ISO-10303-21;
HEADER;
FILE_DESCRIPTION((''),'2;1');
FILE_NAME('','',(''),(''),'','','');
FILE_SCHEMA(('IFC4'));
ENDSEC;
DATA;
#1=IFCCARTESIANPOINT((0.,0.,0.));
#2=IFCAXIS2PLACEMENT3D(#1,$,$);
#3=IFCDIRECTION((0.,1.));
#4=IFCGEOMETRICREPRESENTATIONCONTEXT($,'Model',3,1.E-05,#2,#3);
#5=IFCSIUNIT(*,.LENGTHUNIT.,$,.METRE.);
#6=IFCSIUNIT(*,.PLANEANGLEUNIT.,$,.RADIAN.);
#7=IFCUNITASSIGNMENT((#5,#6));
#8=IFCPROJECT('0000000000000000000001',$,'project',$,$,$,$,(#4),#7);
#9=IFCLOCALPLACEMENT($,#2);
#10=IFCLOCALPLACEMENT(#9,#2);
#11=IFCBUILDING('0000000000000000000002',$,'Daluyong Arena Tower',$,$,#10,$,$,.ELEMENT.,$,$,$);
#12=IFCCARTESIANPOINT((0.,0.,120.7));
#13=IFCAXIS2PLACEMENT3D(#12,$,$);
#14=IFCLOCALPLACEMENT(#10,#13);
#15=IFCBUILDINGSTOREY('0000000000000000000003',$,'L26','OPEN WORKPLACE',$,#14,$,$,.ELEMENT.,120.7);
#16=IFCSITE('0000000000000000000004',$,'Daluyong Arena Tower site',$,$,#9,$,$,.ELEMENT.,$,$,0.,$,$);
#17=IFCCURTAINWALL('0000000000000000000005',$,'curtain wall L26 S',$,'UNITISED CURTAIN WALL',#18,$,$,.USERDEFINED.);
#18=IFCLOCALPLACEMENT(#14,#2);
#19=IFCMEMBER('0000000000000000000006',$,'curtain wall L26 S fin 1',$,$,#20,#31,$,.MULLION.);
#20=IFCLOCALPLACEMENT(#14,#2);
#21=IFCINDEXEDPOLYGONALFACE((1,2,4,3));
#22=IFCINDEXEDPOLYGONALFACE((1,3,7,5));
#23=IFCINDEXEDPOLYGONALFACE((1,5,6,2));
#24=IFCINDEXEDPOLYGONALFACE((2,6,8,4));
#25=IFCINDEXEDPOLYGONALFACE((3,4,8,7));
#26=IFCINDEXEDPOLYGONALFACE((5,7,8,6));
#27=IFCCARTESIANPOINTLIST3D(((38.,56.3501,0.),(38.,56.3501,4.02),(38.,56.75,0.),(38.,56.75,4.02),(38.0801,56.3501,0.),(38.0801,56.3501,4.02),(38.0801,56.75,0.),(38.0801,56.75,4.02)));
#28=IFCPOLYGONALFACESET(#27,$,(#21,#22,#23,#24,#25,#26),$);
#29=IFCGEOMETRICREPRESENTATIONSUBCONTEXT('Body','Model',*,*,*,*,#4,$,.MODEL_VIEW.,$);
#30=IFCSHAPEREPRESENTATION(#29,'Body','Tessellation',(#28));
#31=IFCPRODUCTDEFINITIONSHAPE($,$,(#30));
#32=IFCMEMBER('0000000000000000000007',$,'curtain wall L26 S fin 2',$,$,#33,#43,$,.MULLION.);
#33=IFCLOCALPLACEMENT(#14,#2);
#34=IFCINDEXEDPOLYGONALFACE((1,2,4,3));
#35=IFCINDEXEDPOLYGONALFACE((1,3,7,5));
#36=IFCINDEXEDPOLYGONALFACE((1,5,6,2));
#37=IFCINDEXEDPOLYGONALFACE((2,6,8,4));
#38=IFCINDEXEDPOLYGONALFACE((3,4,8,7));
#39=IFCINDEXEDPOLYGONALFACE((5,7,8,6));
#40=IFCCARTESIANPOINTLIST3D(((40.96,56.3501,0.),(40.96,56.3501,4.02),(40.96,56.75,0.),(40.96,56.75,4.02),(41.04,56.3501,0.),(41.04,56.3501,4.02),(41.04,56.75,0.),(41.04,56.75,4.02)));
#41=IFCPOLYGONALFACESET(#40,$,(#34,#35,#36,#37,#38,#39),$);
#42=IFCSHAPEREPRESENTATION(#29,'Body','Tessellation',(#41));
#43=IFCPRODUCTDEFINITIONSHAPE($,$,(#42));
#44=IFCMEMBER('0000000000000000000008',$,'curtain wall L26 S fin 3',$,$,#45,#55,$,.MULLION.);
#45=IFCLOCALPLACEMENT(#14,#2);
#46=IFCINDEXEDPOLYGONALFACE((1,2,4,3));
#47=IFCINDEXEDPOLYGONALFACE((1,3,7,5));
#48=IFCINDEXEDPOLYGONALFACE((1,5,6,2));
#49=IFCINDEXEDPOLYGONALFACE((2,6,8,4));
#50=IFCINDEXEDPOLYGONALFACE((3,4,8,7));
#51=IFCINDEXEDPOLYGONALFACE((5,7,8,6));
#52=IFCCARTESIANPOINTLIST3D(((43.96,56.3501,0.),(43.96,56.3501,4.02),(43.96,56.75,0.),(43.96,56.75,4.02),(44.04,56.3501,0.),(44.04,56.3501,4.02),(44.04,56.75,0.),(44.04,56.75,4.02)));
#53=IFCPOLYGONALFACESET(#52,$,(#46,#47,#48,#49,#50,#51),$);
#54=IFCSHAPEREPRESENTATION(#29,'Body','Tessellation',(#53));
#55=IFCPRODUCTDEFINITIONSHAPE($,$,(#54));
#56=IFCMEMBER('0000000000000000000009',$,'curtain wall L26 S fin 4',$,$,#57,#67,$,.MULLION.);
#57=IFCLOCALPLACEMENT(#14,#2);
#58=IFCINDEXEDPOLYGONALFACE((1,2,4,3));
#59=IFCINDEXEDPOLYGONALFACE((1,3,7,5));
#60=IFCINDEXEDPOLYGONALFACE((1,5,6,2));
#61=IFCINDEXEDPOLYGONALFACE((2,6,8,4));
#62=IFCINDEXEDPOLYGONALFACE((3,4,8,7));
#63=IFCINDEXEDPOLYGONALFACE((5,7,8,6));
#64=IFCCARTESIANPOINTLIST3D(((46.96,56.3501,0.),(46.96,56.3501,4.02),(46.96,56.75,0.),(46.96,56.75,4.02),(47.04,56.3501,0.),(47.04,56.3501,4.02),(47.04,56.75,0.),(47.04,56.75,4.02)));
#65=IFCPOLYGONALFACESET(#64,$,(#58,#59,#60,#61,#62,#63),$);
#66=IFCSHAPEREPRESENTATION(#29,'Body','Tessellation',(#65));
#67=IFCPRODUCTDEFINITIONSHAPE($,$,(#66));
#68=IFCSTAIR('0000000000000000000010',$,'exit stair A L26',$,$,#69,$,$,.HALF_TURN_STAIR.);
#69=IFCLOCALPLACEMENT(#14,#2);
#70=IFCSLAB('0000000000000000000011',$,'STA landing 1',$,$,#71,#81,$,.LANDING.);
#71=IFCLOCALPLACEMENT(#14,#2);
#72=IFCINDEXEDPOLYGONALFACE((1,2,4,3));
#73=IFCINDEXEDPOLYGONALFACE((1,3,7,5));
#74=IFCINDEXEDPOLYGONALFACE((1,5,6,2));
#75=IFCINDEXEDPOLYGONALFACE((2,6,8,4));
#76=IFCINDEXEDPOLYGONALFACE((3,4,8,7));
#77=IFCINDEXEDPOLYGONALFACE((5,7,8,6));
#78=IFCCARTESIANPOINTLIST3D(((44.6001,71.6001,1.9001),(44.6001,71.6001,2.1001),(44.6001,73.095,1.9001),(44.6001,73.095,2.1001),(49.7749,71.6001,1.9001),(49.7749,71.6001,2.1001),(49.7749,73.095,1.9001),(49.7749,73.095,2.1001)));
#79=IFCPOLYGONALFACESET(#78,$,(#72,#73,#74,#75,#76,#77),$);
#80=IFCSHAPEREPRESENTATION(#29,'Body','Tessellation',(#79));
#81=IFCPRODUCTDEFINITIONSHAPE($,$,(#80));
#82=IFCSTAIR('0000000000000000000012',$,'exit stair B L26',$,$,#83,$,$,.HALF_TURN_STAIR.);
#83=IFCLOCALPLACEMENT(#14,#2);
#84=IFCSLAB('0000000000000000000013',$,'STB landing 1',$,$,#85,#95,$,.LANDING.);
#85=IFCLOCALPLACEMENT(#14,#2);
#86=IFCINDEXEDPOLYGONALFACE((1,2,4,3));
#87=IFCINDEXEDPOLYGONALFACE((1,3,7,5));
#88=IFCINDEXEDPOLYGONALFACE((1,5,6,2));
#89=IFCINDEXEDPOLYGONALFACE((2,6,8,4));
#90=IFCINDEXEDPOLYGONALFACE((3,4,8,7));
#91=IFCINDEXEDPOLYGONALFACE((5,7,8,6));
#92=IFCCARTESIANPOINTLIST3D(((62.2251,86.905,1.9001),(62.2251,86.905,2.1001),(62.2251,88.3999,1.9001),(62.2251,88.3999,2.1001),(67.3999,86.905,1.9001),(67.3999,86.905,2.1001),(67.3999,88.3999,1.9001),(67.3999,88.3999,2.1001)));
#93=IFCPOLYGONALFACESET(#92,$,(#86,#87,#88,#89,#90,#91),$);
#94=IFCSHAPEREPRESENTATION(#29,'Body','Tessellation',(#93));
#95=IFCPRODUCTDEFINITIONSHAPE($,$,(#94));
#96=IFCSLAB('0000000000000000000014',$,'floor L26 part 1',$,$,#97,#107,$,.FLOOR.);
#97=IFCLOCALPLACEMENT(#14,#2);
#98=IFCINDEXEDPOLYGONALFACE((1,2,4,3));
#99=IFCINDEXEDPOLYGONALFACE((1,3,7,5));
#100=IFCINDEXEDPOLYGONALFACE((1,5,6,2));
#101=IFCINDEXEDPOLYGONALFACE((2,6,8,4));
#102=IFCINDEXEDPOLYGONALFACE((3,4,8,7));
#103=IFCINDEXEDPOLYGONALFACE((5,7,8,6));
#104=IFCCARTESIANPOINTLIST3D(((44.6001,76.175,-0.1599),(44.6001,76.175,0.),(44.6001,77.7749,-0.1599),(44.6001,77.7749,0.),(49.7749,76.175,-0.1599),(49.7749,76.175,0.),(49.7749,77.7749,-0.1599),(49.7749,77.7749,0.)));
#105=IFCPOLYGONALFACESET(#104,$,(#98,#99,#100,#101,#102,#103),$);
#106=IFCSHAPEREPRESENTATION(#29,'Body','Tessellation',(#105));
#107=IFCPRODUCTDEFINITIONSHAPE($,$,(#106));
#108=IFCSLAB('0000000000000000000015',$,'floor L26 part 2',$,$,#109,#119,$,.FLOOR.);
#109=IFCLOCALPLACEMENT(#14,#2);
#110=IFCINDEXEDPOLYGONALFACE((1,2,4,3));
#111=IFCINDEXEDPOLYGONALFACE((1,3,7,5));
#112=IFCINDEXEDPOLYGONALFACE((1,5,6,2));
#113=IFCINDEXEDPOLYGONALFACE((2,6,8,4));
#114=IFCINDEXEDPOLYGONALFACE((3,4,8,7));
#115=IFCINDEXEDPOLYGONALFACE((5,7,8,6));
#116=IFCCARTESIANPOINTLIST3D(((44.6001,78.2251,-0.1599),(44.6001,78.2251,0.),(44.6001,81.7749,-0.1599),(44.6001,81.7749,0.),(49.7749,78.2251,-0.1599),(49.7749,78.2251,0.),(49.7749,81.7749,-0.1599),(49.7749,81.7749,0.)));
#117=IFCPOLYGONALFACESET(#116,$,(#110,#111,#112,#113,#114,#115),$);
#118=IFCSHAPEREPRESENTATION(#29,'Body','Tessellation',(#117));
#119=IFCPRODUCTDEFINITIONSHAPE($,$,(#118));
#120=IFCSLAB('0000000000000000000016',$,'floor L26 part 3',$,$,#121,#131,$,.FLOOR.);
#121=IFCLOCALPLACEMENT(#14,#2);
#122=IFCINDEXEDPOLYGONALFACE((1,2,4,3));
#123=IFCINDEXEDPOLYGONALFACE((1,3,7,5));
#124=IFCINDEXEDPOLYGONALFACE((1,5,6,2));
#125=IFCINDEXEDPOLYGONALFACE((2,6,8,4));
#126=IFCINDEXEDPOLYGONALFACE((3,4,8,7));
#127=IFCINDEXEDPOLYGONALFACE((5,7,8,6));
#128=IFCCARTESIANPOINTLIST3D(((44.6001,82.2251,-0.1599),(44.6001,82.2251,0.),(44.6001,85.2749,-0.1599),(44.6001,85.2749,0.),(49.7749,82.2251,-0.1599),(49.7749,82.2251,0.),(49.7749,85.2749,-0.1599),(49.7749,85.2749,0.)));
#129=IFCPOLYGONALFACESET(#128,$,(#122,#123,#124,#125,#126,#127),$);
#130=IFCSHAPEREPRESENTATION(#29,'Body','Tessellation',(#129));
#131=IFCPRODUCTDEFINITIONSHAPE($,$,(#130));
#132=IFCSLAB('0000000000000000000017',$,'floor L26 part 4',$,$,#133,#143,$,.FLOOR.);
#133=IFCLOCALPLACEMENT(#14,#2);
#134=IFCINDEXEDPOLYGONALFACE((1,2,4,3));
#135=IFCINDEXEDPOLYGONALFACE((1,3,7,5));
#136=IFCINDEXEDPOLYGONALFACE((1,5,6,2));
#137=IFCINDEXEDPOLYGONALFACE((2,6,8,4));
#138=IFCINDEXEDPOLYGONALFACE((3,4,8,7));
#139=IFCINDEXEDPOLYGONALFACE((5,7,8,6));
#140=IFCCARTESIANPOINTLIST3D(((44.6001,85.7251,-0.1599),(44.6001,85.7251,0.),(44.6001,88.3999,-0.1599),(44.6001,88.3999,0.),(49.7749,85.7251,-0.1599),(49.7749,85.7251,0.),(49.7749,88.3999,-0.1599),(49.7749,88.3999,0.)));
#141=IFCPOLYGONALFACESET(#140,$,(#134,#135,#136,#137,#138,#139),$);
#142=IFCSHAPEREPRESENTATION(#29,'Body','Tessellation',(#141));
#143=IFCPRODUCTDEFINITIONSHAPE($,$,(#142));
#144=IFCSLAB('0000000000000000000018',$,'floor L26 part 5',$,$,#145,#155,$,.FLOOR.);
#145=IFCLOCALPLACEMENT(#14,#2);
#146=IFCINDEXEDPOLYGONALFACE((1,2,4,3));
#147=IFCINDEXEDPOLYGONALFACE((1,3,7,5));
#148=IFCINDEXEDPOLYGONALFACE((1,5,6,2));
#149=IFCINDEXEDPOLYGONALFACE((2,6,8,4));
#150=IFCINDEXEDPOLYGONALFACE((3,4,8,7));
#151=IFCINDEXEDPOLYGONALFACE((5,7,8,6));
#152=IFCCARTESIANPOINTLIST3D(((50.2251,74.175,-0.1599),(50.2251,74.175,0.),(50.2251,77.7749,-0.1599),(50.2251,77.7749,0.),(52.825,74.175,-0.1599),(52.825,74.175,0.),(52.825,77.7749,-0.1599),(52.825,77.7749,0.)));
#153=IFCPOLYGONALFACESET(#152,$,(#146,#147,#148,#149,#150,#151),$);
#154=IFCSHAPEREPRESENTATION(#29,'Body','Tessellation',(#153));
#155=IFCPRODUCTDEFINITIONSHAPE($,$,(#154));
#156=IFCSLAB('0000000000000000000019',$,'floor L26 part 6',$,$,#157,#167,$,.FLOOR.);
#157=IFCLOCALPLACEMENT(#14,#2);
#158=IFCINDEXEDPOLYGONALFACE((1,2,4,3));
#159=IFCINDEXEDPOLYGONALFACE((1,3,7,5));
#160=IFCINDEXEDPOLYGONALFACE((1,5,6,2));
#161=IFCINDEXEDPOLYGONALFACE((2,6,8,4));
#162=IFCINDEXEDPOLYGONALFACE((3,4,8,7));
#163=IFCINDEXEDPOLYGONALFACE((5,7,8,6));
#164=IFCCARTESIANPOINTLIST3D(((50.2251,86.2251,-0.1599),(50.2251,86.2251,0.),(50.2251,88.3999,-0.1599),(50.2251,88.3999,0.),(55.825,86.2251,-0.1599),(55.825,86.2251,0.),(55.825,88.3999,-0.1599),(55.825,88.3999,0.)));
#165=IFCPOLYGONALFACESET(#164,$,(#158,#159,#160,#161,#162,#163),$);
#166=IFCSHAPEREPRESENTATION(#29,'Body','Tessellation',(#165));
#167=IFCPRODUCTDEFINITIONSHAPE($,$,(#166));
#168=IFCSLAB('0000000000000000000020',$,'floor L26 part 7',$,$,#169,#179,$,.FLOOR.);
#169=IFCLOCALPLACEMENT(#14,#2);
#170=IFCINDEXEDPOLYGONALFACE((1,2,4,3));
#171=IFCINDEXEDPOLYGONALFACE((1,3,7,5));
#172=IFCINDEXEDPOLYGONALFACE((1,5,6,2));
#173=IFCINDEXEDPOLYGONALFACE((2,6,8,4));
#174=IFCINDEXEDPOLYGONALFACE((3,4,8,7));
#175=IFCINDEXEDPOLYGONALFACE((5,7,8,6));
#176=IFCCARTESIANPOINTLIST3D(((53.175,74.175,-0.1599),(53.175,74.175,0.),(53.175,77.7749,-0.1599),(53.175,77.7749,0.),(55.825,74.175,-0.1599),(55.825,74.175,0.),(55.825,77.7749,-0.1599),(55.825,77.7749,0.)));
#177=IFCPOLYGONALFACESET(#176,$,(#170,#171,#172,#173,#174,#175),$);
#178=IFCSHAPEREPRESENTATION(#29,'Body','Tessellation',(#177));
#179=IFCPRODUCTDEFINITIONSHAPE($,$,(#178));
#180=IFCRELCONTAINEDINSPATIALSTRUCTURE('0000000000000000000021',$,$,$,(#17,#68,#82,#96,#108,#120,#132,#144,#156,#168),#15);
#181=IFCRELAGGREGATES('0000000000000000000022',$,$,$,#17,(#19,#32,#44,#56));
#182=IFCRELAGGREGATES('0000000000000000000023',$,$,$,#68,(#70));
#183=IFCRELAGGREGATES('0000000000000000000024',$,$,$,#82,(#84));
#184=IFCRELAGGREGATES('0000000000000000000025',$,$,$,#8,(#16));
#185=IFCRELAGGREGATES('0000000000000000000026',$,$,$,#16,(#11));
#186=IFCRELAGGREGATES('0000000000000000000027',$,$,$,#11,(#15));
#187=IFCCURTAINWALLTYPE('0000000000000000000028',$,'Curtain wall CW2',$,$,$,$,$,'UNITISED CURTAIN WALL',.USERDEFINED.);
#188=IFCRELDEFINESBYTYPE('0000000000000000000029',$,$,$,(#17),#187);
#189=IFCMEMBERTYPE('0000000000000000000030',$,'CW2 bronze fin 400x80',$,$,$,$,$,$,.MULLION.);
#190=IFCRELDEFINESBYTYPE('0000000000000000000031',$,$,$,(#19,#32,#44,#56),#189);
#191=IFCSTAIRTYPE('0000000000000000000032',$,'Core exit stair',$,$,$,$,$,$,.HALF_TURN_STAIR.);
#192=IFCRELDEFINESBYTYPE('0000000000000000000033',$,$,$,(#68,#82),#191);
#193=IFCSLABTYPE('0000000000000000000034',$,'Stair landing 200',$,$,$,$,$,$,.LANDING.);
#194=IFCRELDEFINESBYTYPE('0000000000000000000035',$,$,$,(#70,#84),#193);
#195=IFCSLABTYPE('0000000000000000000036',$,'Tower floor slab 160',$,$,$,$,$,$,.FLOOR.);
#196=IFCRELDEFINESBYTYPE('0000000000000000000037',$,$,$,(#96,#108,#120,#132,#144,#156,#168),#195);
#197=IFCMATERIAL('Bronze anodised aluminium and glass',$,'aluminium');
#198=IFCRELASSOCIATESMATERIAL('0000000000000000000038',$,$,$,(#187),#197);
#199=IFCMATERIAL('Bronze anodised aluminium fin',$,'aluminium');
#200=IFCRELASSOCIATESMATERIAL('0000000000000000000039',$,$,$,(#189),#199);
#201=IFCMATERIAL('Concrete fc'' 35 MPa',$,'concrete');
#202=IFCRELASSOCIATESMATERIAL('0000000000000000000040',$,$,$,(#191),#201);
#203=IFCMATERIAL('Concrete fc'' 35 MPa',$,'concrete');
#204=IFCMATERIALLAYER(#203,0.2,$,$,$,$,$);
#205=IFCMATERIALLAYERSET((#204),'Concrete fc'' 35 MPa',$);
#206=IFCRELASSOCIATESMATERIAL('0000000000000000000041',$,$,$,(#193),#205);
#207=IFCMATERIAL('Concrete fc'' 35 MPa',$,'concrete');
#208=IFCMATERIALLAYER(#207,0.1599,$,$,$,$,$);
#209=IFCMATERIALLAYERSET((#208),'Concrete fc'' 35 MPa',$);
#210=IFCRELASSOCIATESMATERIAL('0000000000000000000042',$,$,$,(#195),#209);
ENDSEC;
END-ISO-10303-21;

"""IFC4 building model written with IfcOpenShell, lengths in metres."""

from ifc_helpers import new_model, si_unit, direction, frame, origin, origin_2d, place, context, subcontext, project, spatial, polyline, rectangle, outline, extrude, material, layer, layer_set, material_profile, profile_set, type_object, element, aggregate, save


model = new_model("IFC4")

# Units and contexts
model_context = context("Model", 3, precision=1e-05, world=origin(), true_north=direction((0.0, 1.0)))
body_context = subcontext(model_context, "Body", "Model", "MODEL_VIEW")
ifc_project = project(units=[si_unit("LENGTHUNIT", "METRE"), si_unit("PLANEANGLEUNIT", "RADIAN")], contexts=[model_context])

# Site, building, storey
site_placement = place(None, origin())
site = spatial("IfcSite", under=ifc_project, at=site_placement, Name="Daluyong Arena Tower site", CompositionType="ELEMENT", RefElevation=0.0)
building_placement = place(site_placement, origin())
building = spatial("IfcBuilding", under=site, at=building_placement, Name="Daluyong Arena Tower", CompositionType="ELEMENT")
storey_placement = place(building_placement, frame((0.0, 0.0, 120.7)))
storey = spatial("IfcBuildingStorey", under=building, at=storey_placement, Name="L26", Description="OPEN WORKPLACE", CompositionType="ELEMENT", Elevation=120.7)

# Curtain wall, members
ifc_material_1 = material(Name="Bronze anodised aluminium and glass", Category="aluminium")
curtain_wall_type = type_object("IfcCurtainWallType", Name="Curtain wall CW2", ElementType="UNITISED CURTAIN WALL", PredefinedType="USERDEFINED", material=ifc_material_1)
curtain_wall_placement = place(storey_placement, origin())
curtain_wall = element("IfcCurtainWall", 1, at=curtain_wall_placement, inside=storey, type_object=curtain_wall_type, Name="curtain wall L26 S", ObjectType="UNITISED CURTAIN WALL", PredefinedType="USERDEFINED")
ifc_material_2 = material(Name="Bronze anodised aluminium fin", Category="aluminium")
ifc_material_profile = material_profile(ifc_material_2, rectangle(XDim=0.3999, YDim=0.0801, at=origin_2d()))
ifc_profile_set = profile_set([ifc_material_profile], Name="Bronze anodised aluminium fin")
member_type = type_object("IfcMemberType", Name="CW2 bronze fin 400x80", PredefinedType="MULLION", material=ifc_profile_set)
member_1_placement = place(storey_placement, frame((38.04, 56.55, 0.0), z_axis=(0.0, 0.0, 1.0), x_axis=(0.0, 1.0, 0.0)))
member_1 = element("IfcMember", 2, at=member_1_placement, type_object=member_type, Name="curtain wall L26 S fin 1", PredefinedType="MULLION", context=body_context, shape_type="SweptSolid", body=[
    extrude(rectangle(XDim=0.3999, YDim=0.0801, at=origin_2d()), origin(), (0.0, 0.0, 1.0), 4.02),
])
member_2_placement = place(storey_placement, frame((41.0, 56.55, 0.0), z_axis=(0.0, 0.0, 1.0), x_axis=(0.0, 1.0, 0.0)))
member_2 = element("IfcMember", 3, at=member_2_placement, type_object=member_type, Name="curtain wall L26 S fin 2", PredefinedType="MULLION", context=body_context, shape_type="SweptSolid", body=[
    extrude(rectangle(XDim=0.3999, YDim=0.0801, at=origin_2d()), origin(), (0.0, 0.0, 1.0), 4.02),
])
member_3_placement = place(storey_placement, frame((44.0, 56.55, 0.0), z_axis=(0.0, 0.0, 1.0), x_axis=(0.0, 1.0, 0.0)))
member_3 = element("IfcMember", 4, at=member_3_placement, type_object=member_type, Name="curtain wall L26 S fin 3", PredefinedType="MULLION", context=body_context, shape_type="SweptSolid", body=[
    extrude(rectangle(XDim=0.3999, YDim=0.0801, at=origin_2d()), origin(), (0.0, 0.0, 1.0), 4.02),
])
member_4_placement = place(storey_placement, frame((47.0, 56.55, 0.0), z_axis=(0.0, 0.0, 1.0), x_axis=(0.0, 1.0, 0.0)))
member_4 = element("IfcMember", 5, at=member_4_placement, type_object=member_type, Name="curtain wall L26 S fin 4", PredefinedType="MULLION", context=body_context, shape_type="SweptSolid", body=[
    extrude(rectangle(XDim=0.3999, YDim=0.0801, at=origin_2d()), origin(), (0.0, 0.0, 1.0), 4.02),
])
aggregate(curtain_wall, [member_1, member_2, member_3, member_4])

# Stairs, slabs
ifc_material_3 = material(Name="Concrete fc' 35 MPa", Category="concrete")
stair_type = type_object("IfcStairType", Name="Core exit stair", PredefinedType="HALF_TURN_STAIR", material=ifc_material_3)
stair_1_placement = place(storey_placement, origin())
stair_1 = element("IfcStair", 6, at=stair_1_placement, inside=storey, type_object=stair_type, Name="exit stair A L26", PredefinedType="HALF_TURN_STAIR")
ifc_material_4 = material(Name="Concrete fc' 35 MPa", Category="concrete")
ifc_layer_1 = layer(ifc_material_4, 0.2)
ifc_layer_set_1 = layer_set([ifc_layer_1], Name="Concrete fc' 35 MPa")
slab_type_1 = type_object("IfcSlabType", Name="Stair landing 200", PredefinedType="LANDING", material=ifc_layer_set_1)
slab_1_placement = place(storey_placement, frame((0.0, 0.0, 1.9001)))
slab_1 = element("IfcSlab", 7, at=slab_1_placement, type_object=slab_type_1, Name="STA landing 1", PredefinedType="LANDING", context=body_context, shape_type="SweptSolid", body=[
    extrude(outline(polyline([(44.6001, 71.6001), (49.7749, 71.6001), (49.7749, 73.095), (44.6001, 73.095), (44.6001, 71.6001)])), origin(), (0.0, 0.0, 1.0), 0.2),
])
aggregate(stair_1, [slab_1])
stair_2_placement = place(storey_placement, origin())
stair_2 = element("IfcStair", 8, at=stair_2_placement, inside=storey, type_object=stair_type, Name="exit stair B L26", PredefinedType="HALF_TURN_STAIR")
slab_2_placement = place(storey_placement, frame((0.0, 0.0, 1.9001)))
slab_2 = element("IfcSlab", 9, at=slab_2_placement, type_object=slab_type_1, Name="STB landing 1", PredefinedType="LANDING", context=body_context, shape_type="SweptSolid", body=[
    extrude(outline(polyline([(62.2251, 86.905), (67.3999, 86.905), (67.3999, 88.3999), (62.2251, 88.3999), (62.2251, 86.905)])), origin(), (0.0, 0.0, 1.0), 0.2),
])
aggregate(stair_2, [slab_2])

# Slabs
ifc_material_5 = material(Name="Concrete fc' 35 MPa", Category="concrete")
ifc_layer_2 = layer(ifc_material_5, 0.1599)
ifc_layer_set_2 = layer_set([ifc_layer_2], Name="Concrete fc' 35 MPa")
slab_type_2 = type_object("IfcSlabType", Name="Tower floor slab 160", PredefinedType="FLOOR", material=ifc_layer_set_2)
slab_3_placement = place(storey_placement, frame((0.0, 0.0, -0.1599)))
element("IfcSlab", 10, at=slab_3_placement, inside=storey, type_object=slab_type_2, Name="floor L26 part 1", PredefinedType="FLOOR", context=body_context, shape_type="SweptSolid", body=[
    extrude(outline(polyline([(49.7749, 76.175), (49.7749, 77.7749), (44.6001, 77.7749), (44.6001, 76.175), (49.7749, 76.175)])), origin(), (0.0, 0.0, 1.0), 0.1599),
])
slab_4_placement = place(storey_placement, frame((0.0, 0.0, -0.1599)))
element("IfcSlab", 11, at=slab_4_placement, inside=storey, type_object=slab_type_2, Name="floor L26 part 2", PredefinedType="FLOOR", context=body_context, shape_type="SweptSolid", body=[
    extrude(outline(polyline([(44.6001, 78.2251), (49.7749, 78.2251), (49.7749, 81.7749), (44.6001, 81.7749), (44.6001, 78.2251)])), origin(), (0.0, 0.0, 1.0), 0.1599),
])
slab_5_placement = place(storey_placement, frame((0.0, 0.0, -0.1599)))
element("IfcSlab", 12, at=slab_5_placement, inside=storey, type_object=slab_type_2, Name="floor L26 part 3", PredefinedType="FLOOR", context=body_context, shape_type="SweptSolid", body=[
    extrude(outline(polyline([(44.6001, 82.2251), (49.7749, 82.2251), (49.7749, 85.2749), (44.6001, 85.2749), (44.6001, 82.2251)])), origin(), (0.0, 0.0, 1.0), 0.1599),
])
slab_6_placement = place(storey_placement, frame((0.0, 0.0, -0.1599)))
element("IfcSlab", 13, at=slab_6_placement, inside=storey, type_object=slab_type_2, Name="floor L26 part 4", PredefinedType="FLOOR", context=body_context, shape_type="SweptSolid", body=[
    extrude(outline(polyline([(49.7749, 88.3999), (44.6001, 88.3999), (44.6001, 85.7251), (49.7749, 85.7251), (49.7749, 88.3999)])), origin(), (0.0, 0.0, 1.0), 0.1599),
])
slab_7_placement = place(storey_placement, frame((0.0, 0.0, -0.1599)))
element("IfcSlab", 14, at=slab_7_placement, inside=storey, type_object=slab_type_2, Name="floor L26 part 5", PredefinedType="FLOOR", context=body_context, shape_type="SweptSolid", body=[
    extrude(outline(polyline([(52.825, 77.7749), (50.2251, 77.7749), (50.2251, 74.175), (52.825, 74.175), (52.825, 77.7749)])), origin(), (0.0, 0.0, 1.0), 0.1599),
])
slab_8_placement = place(storey_placement, frame((0.0, 0.0, -0.1599)))
element("IfcSlab", 15, at=slab_8_placement, inside=storey, type_object=slab_type_2, Name="floor L26 part 6", PredefinedType="FLOOR", context=body_context, shape_type="SweptSolid", body=[
    extrude(outline(polyline([(55.825, 88.3999), (50.2251, 88.3999), (50.2251, 86.2251), (55.825, 86.2251), (55.825, 88.3999)])), origin(), (0.0, 0.0, 1.0), 0.1599),
])
slab_9_placement = place(storey_placement, frame((0.0, 0.0, -0.1599)))
element("IfcSlab", 16, at=slab_9_placement, inside=storey, type_object=slab_type_2, Name="floor L26 part 7", PredefinedType="FLOOR", context=body_context, shape_type="SweptSolid", body=[
    extrude(outline(polyline([(55.825, 77.7749), (53.175, 77.7749), (53.175, 74.175), (55.825, 74.175), (55.825, 77.7749)])), origin(), (0.0, 0.0, 1.0), 0.1599),
])

save(model, "model.ifc")
